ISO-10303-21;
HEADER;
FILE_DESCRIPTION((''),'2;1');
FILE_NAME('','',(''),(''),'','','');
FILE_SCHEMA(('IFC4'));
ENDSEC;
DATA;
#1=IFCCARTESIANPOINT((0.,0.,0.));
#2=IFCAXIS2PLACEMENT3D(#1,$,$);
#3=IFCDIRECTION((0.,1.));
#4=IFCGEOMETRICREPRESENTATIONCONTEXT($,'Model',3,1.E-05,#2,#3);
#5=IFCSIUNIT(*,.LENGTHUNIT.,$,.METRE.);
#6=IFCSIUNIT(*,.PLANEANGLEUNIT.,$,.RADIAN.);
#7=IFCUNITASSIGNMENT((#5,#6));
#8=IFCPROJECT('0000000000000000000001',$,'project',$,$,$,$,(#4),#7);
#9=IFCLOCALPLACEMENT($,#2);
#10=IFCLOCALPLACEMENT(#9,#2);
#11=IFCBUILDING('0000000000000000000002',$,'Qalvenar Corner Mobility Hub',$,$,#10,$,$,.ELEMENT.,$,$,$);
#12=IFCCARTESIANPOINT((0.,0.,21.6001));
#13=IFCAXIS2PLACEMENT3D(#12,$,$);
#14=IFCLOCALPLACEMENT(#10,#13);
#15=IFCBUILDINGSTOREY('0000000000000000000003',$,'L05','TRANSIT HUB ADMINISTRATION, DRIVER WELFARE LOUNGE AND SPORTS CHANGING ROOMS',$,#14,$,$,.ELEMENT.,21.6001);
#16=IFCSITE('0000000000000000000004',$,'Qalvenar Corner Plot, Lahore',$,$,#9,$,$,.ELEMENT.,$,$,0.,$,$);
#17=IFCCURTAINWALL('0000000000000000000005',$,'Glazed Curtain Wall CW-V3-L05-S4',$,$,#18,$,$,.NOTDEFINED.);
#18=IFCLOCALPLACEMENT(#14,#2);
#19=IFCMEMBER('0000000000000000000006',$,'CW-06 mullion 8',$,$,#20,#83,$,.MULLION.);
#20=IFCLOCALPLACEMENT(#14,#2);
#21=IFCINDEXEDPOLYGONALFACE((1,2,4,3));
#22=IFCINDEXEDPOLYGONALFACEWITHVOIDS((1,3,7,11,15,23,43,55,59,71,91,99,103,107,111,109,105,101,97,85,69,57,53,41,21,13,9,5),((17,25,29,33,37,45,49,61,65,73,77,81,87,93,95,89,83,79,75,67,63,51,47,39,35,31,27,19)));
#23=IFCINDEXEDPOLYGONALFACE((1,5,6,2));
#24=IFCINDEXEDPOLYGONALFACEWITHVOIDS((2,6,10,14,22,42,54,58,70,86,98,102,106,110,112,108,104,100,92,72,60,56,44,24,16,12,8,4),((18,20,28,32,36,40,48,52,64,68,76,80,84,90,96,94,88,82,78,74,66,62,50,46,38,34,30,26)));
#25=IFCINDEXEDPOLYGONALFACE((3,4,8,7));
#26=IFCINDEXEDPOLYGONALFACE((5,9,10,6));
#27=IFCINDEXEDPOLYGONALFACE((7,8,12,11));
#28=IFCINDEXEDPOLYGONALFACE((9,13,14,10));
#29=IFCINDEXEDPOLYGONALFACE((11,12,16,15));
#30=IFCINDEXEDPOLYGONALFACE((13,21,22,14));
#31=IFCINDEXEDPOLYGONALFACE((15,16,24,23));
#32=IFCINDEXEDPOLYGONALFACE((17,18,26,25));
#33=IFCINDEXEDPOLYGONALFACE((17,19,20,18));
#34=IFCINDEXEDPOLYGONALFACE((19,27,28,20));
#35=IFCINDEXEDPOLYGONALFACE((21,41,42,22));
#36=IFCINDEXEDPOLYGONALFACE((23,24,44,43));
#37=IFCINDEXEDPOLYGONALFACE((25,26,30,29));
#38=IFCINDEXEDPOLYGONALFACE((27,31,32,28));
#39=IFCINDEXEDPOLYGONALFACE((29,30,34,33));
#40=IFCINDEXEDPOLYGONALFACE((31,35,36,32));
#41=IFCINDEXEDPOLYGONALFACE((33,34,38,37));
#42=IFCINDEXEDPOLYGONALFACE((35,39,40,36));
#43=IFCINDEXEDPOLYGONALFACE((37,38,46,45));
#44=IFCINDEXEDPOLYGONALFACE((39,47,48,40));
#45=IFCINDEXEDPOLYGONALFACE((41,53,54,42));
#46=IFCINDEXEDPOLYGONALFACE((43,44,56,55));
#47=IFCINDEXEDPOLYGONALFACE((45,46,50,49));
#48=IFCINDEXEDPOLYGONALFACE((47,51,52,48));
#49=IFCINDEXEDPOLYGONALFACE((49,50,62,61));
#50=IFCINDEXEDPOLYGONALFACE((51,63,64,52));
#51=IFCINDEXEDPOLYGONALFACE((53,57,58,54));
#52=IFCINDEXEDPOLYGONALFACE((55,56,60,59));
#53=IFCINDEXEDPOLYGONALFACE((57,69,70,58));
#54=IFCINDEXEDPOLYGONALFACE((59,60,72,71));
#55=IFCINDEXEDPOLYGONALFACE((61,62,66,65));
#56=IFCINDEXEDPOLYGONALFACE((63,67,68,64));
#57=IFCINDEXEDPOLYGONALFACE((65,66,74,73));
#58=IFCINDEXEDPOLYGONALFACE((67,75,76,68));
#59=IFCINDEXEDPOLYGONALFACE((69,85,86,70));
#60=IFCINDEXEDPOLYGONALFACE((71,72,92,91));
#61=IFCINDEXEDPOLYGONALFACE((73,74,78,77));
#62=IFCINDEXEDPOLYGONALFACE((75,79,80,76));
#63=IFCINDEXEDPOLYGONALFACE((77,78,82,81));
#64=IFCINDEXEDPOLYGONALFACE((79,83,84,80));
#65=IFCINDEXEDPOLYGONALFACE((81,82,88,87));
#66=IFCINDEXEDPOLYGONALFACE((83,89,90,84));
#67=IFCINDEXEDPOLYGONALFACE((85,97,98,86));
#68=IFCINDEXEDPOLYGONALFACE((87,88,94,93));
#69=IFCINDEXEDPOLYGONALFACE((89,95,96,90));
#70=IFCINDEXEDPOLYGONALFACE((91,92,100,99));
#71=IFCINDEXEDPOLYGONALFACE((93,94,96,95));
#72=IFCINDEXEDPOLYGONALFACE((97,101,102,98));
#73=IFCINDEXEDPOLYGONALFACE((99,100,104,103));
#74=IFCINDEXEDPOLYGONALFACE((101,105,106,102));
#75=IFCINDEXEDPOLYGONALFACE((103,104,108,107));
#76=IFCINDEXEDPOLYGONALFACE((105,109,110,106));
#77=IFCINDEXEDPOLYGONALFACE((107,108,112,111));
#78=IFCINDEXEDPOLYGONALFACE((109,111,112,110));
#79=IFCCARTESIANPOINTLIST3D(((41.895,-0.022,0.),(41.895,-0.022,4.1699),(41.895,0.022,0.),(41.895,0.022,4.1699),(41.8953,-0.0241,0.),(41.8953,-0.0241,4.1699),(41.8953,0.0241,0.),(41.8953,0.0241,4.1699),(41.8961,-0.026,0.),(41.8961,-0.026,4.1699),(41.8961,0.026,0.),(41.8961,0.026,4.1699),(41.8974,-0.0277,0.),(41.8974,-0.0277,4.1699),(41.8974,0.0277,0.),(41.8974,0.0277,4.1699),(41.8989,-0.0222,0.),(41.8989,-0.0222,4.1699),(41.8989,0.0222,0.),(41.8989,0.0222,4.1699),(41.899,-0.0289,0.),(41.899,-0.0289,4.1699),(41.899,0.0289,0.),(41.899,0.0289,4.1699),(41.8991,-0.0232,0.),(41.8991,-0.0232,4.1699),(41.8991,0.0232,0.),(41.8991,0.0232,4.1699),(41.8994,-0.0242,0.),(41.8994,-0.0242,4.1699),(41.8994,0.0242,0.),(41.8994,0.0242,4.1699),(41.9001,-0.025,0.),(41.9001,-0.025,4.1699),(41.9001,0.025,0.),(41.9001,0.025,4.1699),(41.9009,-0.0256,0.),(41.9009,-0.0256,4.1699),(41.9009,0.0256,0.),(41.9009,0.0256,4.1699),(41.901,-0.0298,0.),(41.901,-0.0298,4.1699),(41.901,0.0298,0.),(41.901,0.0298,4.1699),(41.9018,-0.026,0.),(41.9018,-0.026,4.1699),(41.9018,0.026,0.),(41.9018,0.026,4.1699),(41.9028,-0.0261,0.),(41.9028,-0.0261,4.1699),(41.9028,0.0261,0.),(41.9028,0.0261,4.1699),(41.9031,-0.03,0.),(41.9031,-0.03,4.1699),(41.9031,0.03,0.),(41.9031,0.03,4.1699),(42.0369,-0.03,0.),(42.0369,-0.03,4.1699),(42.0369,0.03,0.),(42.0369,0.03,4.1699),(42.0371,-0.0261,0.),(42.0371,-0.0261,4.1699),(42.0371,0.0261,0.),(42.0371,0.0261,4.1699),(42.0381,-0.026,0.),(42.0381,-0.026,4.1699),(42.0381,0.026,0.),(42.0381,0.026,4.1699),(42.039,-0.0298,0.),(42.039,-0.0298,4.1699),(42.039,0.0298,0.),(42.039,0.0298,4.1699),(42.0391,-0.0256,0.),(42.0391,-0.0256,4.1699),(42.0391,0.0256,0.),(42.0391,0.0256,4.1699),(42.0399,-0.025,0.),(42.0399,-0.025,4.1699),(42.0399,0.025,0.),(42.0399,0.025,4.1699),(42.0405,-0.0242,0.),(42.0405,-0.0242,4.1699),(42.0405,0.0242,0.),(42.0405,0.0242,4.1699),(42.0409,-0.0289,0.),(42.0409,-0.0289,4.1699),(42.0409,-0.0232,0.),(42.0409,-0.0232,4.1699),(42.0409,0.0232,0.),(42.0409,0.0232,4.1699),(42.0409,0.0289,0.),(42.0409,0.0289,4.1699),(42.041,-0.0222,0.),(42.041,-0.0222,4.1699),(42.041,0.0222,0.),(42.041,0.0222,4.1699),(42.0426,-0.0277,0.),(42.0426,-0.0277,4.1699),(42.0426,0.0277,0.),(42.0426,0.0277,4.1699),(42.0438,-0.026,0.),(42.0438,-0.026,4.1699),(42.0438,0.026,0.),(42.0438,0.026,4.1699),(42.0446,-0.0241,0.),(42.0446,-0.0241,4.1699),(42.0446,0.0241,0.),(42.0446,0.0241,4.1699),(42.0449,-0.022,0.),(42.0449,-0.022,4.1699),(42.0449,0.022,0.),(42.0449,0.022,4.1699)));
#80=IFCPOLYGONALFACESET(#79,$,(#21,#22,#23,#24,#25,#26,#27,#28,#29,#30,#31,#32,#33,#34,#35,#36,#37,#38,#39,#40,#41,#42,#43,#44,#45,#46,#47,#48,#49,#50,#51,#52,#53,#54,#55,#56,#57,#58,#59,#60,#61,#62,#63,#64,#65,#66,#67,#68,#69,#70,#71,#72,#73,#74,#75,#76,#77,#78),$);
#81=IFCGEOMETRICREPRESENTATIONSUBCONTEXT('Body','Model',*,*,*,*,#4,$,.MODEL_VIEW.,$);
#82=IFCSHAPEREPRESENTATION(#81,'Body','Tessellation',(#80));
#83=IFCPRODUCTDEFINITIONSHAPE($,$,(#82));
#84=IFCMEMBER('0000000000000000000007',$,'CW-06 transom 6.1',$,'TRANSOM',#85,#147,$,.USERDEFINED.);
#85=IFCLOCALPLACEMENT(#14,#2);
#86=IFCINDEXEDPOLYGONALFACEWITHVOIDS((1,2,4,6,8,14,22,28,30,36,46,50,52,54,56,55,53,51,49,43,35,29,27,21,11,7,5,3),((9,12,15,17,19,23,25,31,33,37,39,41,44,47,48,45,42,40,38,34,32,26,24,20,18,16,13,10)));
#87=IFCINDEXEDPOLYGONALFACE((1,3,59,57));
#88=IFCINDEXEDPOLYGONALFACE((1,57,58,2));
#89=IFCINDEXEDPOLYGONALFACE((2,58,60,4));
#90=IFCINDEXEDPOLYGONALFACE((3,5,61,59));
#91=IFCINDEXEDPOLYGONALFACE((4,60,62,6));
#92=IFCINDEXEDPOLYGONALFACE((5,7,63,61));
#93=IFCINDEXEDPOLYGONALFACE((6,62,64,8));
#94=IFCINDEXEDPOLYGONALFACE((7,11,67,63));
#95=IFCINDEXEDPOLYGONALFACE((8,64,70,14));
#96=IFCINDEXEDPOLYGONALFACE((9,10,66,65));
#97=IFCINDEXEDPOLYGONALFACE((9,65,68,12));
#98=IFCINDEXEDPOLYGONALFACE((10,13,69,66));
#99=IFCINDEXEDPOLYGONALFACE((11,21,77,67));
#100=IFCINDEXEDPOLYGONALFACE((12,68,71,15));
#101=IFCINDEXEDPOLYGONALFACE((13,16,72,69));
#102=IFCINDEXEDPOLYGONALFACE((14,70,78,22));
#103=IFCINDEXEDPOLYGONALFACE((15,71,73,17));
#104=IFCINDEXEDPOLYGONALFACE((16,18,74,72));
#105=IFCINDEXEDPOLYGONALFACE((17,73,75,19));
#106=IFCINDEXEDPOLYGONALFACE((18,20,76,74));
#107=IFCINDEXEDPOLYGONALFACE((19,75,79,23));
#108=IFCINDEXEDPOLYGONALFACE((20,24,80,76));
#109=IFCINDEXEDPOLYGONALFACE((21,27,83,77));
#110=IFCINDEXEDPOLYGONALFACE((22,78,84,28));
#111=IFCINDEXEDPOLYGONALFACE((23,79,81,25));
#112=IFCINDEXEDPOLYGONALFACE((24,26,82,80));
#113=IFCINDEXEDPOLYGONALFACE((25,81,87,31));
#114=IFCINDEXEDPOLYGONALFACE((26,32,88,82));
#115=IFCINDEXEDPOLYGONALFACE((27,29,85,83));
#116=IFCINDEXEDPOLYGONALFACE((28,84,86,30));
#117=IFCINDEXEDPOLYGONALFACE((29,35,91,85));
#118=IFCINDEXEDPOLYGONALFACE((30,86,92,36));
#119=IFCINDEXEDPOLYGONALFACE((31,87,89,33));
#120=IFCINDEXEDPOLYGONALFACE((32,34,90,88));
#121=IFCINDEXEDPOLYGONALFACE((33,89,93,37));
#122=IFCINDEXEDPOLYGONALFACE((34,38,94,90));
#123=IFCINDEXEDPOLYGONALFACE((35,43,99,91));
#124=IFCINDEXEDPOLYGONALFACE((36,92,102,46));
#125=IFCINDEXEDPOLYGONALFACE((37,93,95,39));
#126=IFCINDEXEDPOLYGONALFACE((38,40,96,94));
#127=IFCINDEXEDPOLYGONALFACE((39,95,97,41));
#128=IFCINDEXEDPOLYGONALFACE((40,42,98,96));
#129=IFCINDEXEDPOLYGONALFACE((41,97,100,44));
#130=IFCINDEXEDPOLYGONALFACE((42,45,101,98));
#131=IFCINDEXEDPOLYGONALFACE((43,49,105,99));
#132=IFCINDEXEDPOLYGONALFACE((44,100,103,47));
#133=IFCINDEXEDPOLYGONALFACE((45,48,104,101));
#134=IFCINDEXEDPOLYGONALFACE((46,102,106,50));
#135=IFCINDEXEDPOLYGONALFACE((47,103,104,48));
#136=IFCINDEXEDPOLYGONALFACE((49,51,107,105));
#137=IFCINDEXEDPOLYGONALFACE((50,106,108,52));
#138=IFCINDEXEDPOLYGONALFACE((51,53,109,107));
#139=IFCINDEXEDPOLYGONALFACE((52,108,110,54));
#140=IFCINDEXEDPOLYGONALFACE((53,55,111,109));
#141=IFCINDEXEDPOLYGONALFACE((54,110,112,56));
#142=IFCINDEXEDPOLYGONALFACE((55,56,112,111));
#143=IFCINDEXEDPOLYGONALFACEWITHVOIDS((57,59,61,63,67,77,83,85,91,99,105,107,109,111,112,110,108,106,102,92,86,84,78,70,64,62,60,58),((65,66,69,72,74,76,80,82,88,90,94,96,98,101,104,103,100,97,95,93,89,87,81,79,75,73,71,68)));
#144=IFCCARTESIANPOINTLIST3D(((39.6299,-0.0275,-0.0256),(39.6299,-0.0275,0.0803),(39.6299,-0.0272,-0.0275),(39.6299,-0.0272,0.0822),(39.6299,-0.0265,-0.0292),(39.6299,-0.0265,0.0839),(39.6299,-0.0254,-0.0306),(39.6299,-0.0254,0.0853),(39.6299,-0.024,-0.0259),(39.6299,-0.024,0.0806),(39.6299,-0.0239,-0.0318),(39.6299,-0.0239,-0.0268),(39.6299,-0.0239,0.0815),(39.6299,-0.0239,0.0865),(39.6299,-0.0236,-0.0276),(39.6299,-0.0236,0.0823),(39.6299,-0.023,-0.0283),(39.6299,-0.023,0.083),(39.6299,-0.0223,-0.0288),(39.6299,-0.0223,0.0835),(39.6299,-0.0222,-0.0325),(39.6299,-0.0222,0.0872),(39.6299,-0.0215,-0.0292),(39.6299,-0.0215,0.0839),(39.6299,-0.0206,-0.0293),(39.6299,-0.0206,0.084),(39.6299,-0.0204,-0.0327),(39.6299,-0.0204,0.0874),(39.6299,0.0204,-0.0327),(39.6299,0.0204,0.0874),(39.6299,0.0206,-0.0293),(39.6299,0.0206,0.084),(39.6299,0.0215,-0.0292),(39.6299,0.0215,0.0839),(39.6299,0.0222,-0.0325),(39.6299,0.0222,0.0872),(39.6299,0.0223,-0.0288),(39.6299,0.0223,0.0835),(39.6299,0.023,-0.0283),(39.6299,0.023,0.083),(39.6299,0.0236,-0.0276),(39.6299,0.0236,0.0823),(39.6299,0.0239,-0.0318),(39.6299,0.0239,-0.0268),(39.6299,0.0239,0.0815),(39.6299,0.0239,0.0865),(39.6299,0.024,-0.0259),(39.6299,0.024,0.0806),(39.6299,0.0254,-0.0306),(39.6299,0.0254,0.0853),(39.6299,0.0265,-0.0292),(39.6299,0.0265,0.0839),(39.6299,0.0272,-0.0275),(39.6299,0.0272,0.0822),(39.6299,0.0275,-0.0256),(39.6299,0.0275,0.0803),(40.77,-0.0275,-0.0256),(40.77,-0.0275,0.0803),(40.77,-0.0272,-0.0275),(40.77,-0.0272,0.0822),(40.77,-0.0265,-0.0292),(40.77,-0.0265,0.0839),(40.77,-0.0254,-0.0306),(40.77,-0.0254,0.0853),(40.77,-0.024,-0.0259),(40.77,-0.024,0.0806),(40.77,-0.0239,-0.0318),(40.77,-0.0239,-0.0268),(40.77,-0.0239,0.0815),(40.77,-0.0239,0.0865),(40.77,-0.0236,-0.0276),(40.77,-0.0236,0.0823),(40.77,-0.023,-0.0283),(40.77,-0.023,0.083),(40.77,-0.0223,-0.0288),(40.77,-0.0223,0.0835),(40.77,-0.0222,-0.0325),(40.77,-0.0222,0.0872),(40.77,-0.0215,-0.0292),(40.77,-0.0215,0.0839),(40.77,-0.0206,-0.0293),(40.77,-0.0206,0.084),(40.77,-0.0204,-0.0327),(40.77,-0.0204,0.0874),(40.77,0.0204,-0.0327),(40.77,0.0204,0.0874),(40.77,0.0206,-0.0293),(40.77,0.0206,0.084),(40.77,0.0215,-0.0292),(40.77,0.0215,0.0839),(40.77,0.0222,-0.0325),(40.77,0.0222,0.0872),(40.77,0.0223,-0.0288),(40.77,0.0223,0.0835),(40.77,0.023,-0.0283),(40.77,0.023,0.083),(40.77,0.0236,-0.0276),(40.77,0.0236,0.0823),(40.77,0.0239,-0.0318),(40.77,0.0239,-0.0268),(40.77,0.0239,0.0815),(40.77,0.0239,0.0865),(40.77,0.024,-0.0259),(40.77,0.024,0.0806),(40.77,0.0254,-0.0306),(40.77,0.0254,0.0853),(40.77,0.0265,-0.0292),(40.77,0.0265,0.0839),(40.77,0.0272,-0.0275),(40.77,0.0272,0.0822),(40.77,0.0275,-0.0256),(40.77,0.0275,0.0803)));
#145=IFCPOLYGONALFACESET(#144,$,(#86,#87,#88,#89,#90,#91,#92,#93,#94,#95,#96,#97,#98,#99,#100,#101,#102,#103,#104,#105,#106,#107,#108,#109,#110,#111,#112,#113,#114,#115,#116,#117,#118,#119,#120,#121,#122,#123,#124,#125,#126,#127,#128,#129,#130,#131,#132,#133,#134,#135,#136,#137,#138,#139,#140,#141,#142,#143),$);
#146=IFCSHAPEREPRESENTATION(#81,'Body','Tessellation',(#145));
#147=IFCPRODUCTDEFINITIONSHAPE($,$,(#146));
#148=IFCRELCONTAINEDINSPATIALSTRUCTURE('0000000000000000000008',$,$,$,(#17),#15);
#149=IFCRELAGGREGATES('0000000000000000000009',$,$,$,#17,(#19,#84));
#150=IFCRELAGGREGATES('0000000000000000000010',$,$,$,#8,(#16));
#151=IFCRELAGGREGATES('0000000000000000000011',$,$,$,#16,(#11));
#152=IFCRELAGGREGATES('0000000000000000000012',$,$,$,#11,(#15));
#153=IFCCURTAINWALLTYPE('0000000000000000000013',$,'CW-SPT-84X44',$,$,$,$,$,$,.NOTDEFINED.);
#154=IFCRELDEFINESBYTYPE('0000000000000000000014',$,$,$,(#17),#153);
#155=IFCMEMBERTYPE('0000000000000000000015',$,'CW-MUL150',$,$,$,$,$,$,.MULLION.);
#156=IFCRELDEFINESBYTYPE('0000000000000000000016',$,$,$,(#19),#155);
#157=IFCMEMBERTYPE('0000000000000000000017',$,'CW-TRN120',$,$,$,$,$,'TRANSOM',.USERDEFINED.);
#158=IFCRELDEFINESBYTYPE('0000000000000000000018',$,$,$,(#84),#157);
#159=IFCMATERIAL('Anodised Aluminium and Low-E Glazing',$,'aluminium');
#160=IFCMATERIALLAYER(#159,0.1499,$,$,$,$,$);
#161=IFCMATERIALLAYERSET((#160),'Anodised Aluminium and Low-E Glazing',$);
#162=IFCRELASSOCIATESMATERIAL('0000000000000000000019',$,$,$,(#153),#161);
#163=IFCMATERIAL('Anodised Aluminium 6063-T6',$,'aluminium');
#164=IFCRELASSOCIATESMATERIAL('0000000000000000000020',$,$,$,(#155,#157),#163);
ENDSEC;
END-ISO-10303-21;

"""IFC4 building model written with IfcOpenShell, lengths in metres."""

from ifc_helpers import new_model, si_unit, direction, frame, origin, origin_2d, place, context, subcontext, project, spatial, hollow_rectangle, extrude, material, layer, layer_set, material_profile, profile_set, type_object, element, aggregate, save


model = new_model("IFC4")

# Units and contexts
model_context = context("Model", 3, precision=1e-05, world=origin(), true_north=direction((0.0, 1.0)))
body_context = subcontext(model_context, "Body", "Model", "MODEL_VIEW")
ifc_project = project(units=[si_unit("LENGTHUNIT", "METRE"), si_unit("PLANEANGLEUNIT", "RADIAN")], contexts=[model_context])

# Site, building, storey
site_placement = place(None, origin())
site = spatial("IfcSite", under=ifc_project, at=site_placement, Name="Qalvenar Corner Plot, Lahore", CompositionType="ELEMENT", RefElevation=0.0)
building_placement = place(site_placement, origin())
building = spatial("IfcBuilding", under=site, at=building_placement, Name="Qalvenar Corner Mobility Hub", CompositionType="ELEMENT")
storey_placement = place(building_placement, frame((0.0, 0.0, 21.6001)))
storey = spatial("IfcBuildingStorey", under=building, at=storey_placement, Name="L05", Description="TRANSIT HUB ADMINISTRATION, DRIVER WELFARE LOUNGE AND SPORTS CHANGING ROOMS", CompositionType="ELEMENT", Elevation=21.6001)

# Curtain wall, members
ifc_material_1 = material(Name="Anodised Aluminium and Low-E Glazing", Category="aluminium")
ifc_layer_1 = layer(ifc_material_1, 0.1499)
ifc_layer_set_1 = layer_set([ifc_layer_1], Name="Anodised Aluminium and Low-E Glazing")
curtain_wall_type = type_object("IfcCurtainWallType", Name="CW-SPT-84X44", PredefinedType="NOTDEFINED", material=ifc_layer_set_1)
curtain_wall_placement = place(storey_placement, origin())
curtain_wall = element("IfcCurtainWall", 1, at=curtain_wall_placement, inside=storey, type_object=curtain_wall_type, Name="Glazed Curtain Wall CW-V3-L05-S4", PredefinedType="NOTDEFINED")
ifc_material_2 = material(Name="Anodised Aluminium 6063-T6", Category="aluminium")
ifc_material_profile_1 = material_profile(ifc_material_2, hollow_rectangle(XDim=0.0601, YDim=0.1499, WallThickness=0.0039, InnerFilletRadius=0.0039, OuterFilletRadius=0.0081, at=origin_2d()), Name="RHS150x60x4")
ifc_profile_set_1 = profile_set([ifc_material_profile_1], Name="Anodised Aluminium 6063-T6")
member_type_1 = type_object("IfcMemberType", Name="CW-MUL150", PredefinedType="MULLION", material=ifc_profile_set_1)
member_1_placement = place(storey_placement, frame((41.97, 0.0, 0.0), z_axis=(0.0, 0.0, 1.0), x_axis=(0.0, 1.0, 0.0)))
member_1 = element("IfcMember", 2, at=member_1_placement, type_object=member_type_1, Name="CW-06 mullion 8", PredefinedType="MULLION", context=body_context, shape_type="SweptSolid", body=[
    extrude(hollow_rectangle(XDim=0.0601, YDim=0.1499, WallThickness=0.0039, InnerFilletRadius=0.0039, OuterFilletRadius=0.0081, at=origin_2d()), origin(), (0.0, 0.0, 1.0), 4.1699),
])
ifc_material_profile_2 = material_profile(ifc_material_2, hollow_rectangle(XDim=0.0549, YDim=0.1201, WallThickness=0.0034, InnerFilletRadius=0.0034, OuterFilletRadius=0.0071, at=origin_2d()), Name="RHS120x55x3.5")
ifc_profile_set_2 = profile_set([ifc_material_profile_2], Name="Anodised Aluminium 6063-T6")
member_type_2 = type_object("IfcMemberType", Name="CW-TRN120", ElementType="TRANSOM", PredefinedType="USERDEFINED", material=ifc_profile_set_2)
member_2_placement = place(storey_placement, frame((39.6299, 0.0, 0.0273), z_axis=(1.0, 0.0, 0.0), x_axis=(0.0, 1.0, 0.0)))
member_2 = element("IfcMember", 3, at=member_2_placement, type_object=member_type_2, Name="CW-06 transom 6.1", ObjectType="TRANSOM", PredefinedType="USERDEFINED", context=body_context, shape_type="SweptSolid", body=[
    extrude(hollow_rectangle(XDim=0.0549, YDim=0.1201, WallThickness=0.0034, InnerFilletRadius=0.0034, OuterFilletRadius=0.0071, at=origin_2d()), origin(), (0.0, 0.0, 1.0), 1.1401),
])
aggregate(curtain_wall, [member_1, member_2])

save(model, "model.ifc")
